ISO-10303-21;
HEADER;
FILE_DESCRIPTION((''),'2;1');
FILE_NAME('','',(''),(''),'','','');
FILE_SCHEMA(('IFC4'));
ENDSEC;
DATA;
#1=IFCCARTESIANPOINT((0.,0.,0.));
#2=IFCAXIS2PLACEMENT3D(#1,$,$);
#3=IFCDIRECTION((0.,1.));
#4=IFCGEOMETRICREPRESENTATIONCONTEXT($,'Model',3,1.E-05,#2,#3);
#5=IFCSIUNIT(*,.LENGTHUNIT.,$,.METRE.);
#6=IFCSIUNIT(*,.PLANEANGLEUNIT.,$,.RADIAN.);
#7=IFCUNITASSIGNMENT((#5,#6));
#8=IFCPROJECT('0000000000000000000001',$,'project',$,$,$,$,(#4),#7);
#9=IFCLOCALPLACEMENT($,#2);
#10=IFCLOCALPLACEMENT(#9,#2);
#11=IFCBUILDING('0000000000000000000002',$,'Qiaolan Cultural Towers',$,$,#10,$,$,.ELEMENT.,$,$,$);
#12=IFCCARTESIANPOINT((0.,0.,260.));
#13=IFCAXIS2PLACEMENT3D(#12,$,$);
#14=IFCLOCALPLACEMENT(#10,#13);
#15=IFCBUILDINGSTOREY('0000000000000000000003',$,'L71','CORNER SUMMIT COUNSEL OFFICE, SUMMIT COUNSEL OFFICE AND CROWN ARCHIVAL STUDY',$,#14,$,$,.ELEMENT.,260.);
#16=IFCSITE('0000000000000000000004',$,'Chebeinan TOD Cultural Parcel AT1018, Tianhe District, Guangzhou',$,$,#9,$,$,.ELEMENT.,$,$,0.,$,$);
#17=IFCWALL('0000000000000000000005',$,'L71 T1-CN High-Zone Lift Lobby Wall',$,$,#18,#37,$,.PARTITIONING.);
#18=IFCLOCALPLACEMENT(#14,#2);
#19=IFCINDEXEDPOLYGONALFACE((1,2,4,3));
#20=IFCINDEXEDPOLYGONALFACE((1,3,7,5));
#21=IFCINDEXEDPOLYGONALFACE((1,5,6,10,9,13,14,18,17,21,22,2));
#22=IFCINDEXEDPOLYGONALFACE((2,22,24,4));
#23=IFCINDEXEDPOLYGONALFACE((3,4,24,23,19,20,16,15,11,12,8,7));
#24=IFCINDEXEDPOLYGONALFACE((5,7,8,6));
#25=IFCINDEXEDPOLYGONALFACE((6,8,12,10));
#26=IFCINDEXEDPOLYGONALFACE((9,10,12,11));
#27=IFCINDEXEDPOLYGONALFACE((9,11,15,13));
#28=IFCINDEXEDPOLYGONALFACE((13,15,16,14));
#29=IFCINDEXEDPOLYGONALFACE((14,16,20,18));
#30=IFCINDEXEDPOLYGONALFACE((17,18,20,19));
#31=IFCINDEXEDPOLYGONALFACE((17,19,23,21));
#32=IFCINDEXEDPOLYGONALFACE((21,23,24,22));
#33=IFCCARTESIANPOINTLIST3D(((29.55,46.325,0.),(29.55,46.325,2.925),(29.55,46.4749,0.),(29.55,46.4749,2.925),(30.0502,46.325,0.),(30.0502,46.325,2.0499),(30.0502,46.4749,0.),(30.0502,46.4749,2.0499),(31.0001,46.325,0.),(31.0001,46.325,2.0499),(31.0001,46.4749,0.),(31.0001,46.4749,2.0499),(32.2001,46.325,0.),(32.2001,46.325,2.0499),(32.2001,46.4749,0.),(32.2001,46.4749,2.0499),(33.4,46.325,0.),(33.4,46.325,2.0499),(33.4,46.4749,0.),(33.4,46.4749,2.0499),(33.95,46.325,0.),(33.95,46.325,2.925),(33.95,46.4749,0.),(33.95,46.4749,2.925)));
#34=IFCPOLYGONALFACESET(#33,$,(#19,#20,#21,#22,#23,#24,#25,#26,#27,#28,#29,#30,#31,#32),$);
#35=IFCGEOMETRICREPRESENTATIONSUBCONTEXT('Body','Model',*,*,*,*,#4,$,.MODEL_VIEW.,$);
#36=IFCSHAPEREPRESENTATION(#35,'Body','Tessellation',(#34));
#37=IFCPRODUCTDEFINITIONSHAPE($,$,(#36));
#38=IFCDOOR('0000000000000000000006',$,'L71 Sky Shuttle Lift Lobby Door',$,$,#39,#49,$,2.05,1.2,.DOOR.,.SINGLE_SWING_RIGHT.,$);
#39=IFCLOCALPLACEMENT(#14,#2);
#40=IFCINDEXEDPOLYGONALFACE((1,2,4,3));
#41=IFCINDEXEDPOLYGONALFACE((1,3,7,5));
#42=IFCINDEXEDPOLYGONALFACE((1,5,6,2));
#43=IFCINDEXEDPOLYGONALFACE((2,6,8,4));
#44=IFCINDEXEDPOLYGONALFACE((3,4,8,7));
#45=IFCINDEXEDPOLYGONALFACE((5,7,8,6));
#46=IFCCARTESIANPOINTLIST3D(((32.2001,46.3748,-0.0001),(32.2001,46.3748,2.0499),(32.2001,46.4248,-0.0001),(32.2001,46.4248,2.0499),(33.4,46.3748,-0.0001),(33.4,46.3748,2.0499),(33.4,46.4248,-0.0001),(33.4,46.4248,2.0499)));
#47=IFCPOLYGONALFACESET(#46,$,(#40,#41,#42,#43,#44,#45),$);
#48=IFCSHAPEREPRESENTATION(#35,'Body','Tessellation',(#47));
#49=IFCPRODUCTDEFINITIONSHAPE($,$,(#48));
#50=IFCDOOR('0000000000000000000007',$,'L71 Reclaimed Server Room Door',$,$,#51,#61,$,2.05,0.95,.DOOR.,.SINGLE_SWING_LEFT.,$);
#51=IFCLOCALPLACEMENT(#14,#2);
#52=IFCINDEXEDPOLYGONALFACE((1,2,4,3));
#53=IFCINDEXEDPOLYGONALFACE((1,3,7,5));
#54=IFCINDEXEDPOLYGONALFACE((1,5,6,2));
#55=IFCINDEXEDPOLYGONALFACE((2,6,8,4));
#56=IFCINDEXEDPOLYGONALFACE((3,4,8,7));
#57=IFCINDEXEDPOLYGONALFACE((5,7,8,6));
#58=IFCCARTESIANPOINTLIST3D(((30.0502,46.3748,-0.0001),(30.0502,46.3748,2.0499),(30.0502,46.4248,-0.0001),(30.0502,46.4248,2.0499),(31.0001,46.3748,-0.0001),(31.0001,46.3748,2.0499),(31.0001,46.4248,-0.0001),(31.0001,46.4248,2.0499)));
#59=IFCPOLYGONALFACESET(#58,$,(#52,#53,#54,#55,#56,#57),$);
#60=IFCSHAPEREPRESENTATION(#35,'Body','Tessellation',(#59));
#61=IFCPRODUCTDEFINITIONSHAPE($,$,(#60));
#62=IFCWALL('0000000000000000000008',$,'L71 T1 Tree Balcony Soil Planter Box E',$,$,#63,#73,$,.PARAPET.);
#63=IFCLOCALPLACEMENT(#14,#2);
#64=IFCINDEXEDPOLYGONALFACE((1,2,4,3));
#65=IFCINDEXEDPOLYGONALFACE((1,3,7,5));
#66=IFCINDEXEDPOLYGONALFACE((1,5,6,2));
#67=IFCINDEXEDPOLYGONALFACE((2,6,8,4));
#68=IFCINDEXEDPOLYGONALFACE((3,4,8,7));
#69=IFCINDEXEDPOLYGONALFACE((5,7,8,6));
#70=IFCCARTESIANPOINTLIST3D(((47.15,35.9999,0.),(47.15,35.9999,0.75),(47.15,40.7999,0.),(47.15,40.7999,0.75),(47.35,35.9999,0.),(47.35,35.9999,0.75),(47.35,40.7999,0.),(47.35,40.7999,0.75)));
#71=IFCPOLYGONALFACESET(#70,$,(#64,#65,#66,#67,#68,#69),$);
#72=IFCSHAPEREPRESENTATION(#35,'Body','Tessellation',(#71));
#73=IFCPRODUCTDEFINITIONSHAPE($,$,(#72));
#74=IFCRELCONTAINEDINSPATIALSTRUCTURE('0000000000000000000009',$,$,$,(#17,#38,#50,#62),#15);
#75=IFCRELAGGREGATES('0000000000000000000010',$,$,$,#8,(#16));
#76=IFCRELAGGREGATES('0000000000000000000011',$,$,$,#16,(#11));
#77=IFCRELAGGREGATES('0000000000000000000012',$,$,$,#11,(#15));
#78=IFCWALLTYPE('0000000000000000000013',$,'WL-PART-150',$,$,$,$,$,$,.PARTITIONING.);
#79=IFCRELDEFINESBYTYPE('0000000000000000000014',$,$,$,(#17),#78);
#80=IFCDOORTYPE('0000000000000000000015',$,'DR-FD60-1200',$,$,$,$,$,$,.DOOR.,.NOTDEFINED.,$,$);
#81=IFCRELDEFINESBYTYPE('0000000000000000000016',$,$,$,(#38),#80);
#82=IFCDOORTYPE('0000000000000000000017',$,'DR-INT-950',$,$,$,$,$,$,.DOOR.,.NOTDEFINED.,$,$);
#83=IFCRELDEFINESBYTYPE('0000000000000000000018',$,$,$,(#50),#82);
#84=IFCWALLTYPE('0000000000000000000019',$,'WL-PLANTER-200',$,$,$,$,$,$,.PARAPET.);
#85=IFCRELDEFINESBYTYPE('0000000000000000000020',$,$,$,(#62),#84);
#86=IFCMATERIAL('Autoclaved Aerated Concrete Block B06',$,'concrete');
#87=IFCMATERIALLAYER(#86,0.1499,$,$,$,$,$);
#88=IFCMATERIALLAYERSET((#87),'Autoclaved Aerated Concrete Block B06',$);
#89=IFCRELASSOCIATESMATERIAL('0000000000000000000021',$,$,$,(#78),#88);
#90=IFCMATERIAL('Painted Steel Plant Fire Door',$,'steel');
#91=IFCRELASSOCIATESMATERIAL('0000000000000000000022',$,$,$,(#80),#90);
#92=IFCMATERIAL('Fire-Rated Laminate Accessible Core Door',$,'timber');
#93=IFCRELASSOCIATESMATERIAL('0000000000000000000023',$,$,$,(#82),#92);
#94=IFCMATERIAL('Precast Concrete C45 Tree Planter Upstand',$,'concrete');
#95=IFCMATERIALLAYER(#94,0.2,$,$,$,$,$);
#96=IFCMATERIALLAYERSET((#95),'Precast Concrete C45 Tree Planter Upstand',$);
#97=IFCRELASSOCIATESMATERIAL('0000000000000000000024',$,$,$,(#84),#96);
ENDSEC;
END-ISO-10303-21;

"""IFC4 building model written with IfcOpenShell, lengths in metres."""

from ifc_helpers import new_model, si_unit, direction, frame, frame_2d, origin, place, context, subcontext, project, spatial, rectangle, extrude, material, layer, layer_set, type_object, element, fill, save


model = new_model("IFC4")

# Units and contexts
model_context = context("Model", 3, precision=1e-05, world=origin(), true_north=direction((0.0, 1.0)))
body_context = subcontext(model_context, "Body", "Model", "MODEL_VIEW")
ifc_project = project(units=[si_unit("LENGTHUNIT", "METRE"), si_unit("PLANEANGLEUNIT", "RADIAN")], contexts=[model_context])

# Site, building, storey
site_placement = place(None, origin())
site = spatial("IfcSite", under=ifc_project, at=site_placement, Name="Chebeinan TOD Cultural Parcel AT1018, Tianhe District, Guangzhou", CompositionType="ELEMENT", RefElevation=0.0)
building_placement = place(site_placement, origin())
building = spatial("IfcBuilding", under=site, at=building_placement, Name="Qiaolan Cultural Towers", CompositionType="ELEMENT")
storey_placement = place(building_placement, frame((0.0, 0.0, 260.0)))
storey = spatial("IfcBuildingStorey", under=building, at=storey_placement, Name="L71", Description="CORNER SUMMIT COUNSEL OFFICE, SUMMIT COUNSEL OFFICE AND CROWN ARCHIVAL STUDY", CompositionType="ELEMENT", Elevation=260.0)

# Wall, openings, doors
ifc_material_1 = material(Name="Autoclaved Aerated Concrete Block B06", Category="concrete")
ifc_layer_1 = layer(ifc_material_1, 0.1499)
ifc_layer_set_1 = layer_set([ifc_layer_1], Name="Autoclaved Aerated Concrete Block B06")
wall_type_1 = type_object("IfcWallType", Name="WL-PART-150", PredefinedType="PARTITIONING", material=ifc_layer_set_1)
wall_1_placement = place(storey_placement, frame((29.55, 46.3999, 0.0), z_axis=(0.0, 0.0, 1.0), x_axis=(1.0, 0.0, 0.0)))
wall_1 = element("IfcWall", 1, at=wall_1_placement, inside=storey, type_object=wall_type_1, Name="L71 T1-CN High-Zone Lift Lobby Wall", PredefinedType="PARTITIONING", context=body_context, shape_type="SweptSolid", body=[
    extrude(rectangle(XDim=4.3999, YDim=0.1499, at=frame_2d((2.2, 0.0))), origin(), (0.0, 0.0, 1.0), 2.925),
])
opening_1_placement = place(wall_1_placement, frame((0.5, 0.0, 0.0)))
opening_1 = element("IfcOpeningElement", 2, at=opening_1_placement, cuts=wall_1, PredefinedType="OPENING", context=body_context, shape_type="SweptSolid", body=[
    extrude(rectangle(XDim=0.95, YDim=2.05, at=frame_2d((0.4751, 1.0249))), frame((0.0, 0.085, 0.0), z_axis=(0.0, -1.0, 0.0), x_axis=(1.0, 0.0, 0.0)), (0.0, 0.0, 1.0), 0.1699),
])
opening_2_placement = place(wall_1_placement, frame((2.6499, 0.0, 0.0)))
opening_2 = element("IfcOpeningElement", 3, at=opening_2_placement, cuts=wall_1, PredefinedType="OPENING", context=body_context, shape_type="SweptSolid", body=[
    extrude(rectangle(XDim=1.2, YDim=2.05, at=frame_2d((0.6001, 1.0249))), frame((0.0, 0.085, 0.0), z_axis=(0.0, -1.0, 0.0), x_axis=(1.0, 0.0, 0.0)), (0.0, 0.0, 1.0), 0.1699),
])
ifc_material_2 = material(Name="Painted Steel Plant Fire Door", Category="steel")
door_type_1 = type_object("IfcDoorType", Name="DR-FD60-1200", OperationType="NOTDEFINED", PredefinedType="DOOR", material=ifc_material_2)
door_1_placement = place(opening_2_placement, origin())
door_1 = element("IfcDoor", 4, at=door_1_placement, inside=storey, type_object=door_type_1, Name="L71 Sky Shuttle Lift Lobby Door", OperationType="SINGLE_SWING_RIGHT", OverallHeight=2.05, OverallWidth=1.2, PredefinedType="DOOR", context=body_context, shape_type="SweptSolid", body=[
    extrude(rectangle(XDim=1.2, YDim=2.05, at=frame_2d((0.6001, 1.0249))), frame((0.0, 0.0249, 0.0), z_axis=(0.0, -1.0, 0.0), x_axis=(1.0, 0.0, 0.0)), (0.0, 0.0, 1.0), 0.05),
])
fill(opening_2, door_1)
ifc_material_3 = material(Name="Fire-Rated Laminate Accessible Core Door", Category="timber")
door_type_2 = type_object("IfcDoorType", Name="DR-INT-950", OperationType="NOTDEFINED", PredefinedType="DOOR", material=ifc_material_3)
door_2_placement = place(opening_1_placement, origin())
door_2 = element("IfcDoor", 5, at=door_2_placement, inside=storey, type_object=door_type_2, Name="L71 Reclaimed Server Room Door", OperationType="SINGLE_SWING_LEFT", OverallHeight=2.05, OverallWidth=0.95, PredefinedType="DOOR", context=body_context, shape_type="SweptSolid", body=[
    extrude(rectangle(XDim=0.95, YDim=2.05, at=frame_2d((0.4751, 1.0249))), frame((0.0, 0.0249, 0.0), z_axis=(0.0, -1.0, 0.0), x_axis=(1.0, 0.0, 0.0)), (0.0, 0.0, 1.0), 0.05),
])
fill(opening_1, door_2)

# Wall
ifc_material_4 = material(Name="Precast Concrete C45 Tree Planter Upstand", Category="concrete")
ifc_layer_2 = layer(ifc_material_4, 0.2)
ifc_layer_set_2 = layer_set([ifc_layer_2], Name="Precast Concrete C45 Tree Planter Upstand")
wall_type_2 = type_object("IfcWallType", Name="WL-PLANTER-200", PredefinedType="PARAPET", material=ifc_layer_set_2)
wall_2_placement = place(storey_placement, frame((47.25, 36.0, 0.0), z_axis=(0.0, 0.0, 1.0), x_axis=(0.0, 1.0, 0.0)))
element("IfcWall", 6, at=wall_2_placement, inside=storey, type_object=wall_type_2, Name="L71 T1 Tree Balcony Soil Planter Box E", PredefinedType="PARAPET", context=body_context, shape_type="SweptSolid", body=[
    extrude(rectangle(XDim=4.8, YDim=0.2, at=frame_2d((2.3999, 0.0))), origin(), (0.0, 0.0, 1.0), 0.75),
])

save(model, "model.ifc")
